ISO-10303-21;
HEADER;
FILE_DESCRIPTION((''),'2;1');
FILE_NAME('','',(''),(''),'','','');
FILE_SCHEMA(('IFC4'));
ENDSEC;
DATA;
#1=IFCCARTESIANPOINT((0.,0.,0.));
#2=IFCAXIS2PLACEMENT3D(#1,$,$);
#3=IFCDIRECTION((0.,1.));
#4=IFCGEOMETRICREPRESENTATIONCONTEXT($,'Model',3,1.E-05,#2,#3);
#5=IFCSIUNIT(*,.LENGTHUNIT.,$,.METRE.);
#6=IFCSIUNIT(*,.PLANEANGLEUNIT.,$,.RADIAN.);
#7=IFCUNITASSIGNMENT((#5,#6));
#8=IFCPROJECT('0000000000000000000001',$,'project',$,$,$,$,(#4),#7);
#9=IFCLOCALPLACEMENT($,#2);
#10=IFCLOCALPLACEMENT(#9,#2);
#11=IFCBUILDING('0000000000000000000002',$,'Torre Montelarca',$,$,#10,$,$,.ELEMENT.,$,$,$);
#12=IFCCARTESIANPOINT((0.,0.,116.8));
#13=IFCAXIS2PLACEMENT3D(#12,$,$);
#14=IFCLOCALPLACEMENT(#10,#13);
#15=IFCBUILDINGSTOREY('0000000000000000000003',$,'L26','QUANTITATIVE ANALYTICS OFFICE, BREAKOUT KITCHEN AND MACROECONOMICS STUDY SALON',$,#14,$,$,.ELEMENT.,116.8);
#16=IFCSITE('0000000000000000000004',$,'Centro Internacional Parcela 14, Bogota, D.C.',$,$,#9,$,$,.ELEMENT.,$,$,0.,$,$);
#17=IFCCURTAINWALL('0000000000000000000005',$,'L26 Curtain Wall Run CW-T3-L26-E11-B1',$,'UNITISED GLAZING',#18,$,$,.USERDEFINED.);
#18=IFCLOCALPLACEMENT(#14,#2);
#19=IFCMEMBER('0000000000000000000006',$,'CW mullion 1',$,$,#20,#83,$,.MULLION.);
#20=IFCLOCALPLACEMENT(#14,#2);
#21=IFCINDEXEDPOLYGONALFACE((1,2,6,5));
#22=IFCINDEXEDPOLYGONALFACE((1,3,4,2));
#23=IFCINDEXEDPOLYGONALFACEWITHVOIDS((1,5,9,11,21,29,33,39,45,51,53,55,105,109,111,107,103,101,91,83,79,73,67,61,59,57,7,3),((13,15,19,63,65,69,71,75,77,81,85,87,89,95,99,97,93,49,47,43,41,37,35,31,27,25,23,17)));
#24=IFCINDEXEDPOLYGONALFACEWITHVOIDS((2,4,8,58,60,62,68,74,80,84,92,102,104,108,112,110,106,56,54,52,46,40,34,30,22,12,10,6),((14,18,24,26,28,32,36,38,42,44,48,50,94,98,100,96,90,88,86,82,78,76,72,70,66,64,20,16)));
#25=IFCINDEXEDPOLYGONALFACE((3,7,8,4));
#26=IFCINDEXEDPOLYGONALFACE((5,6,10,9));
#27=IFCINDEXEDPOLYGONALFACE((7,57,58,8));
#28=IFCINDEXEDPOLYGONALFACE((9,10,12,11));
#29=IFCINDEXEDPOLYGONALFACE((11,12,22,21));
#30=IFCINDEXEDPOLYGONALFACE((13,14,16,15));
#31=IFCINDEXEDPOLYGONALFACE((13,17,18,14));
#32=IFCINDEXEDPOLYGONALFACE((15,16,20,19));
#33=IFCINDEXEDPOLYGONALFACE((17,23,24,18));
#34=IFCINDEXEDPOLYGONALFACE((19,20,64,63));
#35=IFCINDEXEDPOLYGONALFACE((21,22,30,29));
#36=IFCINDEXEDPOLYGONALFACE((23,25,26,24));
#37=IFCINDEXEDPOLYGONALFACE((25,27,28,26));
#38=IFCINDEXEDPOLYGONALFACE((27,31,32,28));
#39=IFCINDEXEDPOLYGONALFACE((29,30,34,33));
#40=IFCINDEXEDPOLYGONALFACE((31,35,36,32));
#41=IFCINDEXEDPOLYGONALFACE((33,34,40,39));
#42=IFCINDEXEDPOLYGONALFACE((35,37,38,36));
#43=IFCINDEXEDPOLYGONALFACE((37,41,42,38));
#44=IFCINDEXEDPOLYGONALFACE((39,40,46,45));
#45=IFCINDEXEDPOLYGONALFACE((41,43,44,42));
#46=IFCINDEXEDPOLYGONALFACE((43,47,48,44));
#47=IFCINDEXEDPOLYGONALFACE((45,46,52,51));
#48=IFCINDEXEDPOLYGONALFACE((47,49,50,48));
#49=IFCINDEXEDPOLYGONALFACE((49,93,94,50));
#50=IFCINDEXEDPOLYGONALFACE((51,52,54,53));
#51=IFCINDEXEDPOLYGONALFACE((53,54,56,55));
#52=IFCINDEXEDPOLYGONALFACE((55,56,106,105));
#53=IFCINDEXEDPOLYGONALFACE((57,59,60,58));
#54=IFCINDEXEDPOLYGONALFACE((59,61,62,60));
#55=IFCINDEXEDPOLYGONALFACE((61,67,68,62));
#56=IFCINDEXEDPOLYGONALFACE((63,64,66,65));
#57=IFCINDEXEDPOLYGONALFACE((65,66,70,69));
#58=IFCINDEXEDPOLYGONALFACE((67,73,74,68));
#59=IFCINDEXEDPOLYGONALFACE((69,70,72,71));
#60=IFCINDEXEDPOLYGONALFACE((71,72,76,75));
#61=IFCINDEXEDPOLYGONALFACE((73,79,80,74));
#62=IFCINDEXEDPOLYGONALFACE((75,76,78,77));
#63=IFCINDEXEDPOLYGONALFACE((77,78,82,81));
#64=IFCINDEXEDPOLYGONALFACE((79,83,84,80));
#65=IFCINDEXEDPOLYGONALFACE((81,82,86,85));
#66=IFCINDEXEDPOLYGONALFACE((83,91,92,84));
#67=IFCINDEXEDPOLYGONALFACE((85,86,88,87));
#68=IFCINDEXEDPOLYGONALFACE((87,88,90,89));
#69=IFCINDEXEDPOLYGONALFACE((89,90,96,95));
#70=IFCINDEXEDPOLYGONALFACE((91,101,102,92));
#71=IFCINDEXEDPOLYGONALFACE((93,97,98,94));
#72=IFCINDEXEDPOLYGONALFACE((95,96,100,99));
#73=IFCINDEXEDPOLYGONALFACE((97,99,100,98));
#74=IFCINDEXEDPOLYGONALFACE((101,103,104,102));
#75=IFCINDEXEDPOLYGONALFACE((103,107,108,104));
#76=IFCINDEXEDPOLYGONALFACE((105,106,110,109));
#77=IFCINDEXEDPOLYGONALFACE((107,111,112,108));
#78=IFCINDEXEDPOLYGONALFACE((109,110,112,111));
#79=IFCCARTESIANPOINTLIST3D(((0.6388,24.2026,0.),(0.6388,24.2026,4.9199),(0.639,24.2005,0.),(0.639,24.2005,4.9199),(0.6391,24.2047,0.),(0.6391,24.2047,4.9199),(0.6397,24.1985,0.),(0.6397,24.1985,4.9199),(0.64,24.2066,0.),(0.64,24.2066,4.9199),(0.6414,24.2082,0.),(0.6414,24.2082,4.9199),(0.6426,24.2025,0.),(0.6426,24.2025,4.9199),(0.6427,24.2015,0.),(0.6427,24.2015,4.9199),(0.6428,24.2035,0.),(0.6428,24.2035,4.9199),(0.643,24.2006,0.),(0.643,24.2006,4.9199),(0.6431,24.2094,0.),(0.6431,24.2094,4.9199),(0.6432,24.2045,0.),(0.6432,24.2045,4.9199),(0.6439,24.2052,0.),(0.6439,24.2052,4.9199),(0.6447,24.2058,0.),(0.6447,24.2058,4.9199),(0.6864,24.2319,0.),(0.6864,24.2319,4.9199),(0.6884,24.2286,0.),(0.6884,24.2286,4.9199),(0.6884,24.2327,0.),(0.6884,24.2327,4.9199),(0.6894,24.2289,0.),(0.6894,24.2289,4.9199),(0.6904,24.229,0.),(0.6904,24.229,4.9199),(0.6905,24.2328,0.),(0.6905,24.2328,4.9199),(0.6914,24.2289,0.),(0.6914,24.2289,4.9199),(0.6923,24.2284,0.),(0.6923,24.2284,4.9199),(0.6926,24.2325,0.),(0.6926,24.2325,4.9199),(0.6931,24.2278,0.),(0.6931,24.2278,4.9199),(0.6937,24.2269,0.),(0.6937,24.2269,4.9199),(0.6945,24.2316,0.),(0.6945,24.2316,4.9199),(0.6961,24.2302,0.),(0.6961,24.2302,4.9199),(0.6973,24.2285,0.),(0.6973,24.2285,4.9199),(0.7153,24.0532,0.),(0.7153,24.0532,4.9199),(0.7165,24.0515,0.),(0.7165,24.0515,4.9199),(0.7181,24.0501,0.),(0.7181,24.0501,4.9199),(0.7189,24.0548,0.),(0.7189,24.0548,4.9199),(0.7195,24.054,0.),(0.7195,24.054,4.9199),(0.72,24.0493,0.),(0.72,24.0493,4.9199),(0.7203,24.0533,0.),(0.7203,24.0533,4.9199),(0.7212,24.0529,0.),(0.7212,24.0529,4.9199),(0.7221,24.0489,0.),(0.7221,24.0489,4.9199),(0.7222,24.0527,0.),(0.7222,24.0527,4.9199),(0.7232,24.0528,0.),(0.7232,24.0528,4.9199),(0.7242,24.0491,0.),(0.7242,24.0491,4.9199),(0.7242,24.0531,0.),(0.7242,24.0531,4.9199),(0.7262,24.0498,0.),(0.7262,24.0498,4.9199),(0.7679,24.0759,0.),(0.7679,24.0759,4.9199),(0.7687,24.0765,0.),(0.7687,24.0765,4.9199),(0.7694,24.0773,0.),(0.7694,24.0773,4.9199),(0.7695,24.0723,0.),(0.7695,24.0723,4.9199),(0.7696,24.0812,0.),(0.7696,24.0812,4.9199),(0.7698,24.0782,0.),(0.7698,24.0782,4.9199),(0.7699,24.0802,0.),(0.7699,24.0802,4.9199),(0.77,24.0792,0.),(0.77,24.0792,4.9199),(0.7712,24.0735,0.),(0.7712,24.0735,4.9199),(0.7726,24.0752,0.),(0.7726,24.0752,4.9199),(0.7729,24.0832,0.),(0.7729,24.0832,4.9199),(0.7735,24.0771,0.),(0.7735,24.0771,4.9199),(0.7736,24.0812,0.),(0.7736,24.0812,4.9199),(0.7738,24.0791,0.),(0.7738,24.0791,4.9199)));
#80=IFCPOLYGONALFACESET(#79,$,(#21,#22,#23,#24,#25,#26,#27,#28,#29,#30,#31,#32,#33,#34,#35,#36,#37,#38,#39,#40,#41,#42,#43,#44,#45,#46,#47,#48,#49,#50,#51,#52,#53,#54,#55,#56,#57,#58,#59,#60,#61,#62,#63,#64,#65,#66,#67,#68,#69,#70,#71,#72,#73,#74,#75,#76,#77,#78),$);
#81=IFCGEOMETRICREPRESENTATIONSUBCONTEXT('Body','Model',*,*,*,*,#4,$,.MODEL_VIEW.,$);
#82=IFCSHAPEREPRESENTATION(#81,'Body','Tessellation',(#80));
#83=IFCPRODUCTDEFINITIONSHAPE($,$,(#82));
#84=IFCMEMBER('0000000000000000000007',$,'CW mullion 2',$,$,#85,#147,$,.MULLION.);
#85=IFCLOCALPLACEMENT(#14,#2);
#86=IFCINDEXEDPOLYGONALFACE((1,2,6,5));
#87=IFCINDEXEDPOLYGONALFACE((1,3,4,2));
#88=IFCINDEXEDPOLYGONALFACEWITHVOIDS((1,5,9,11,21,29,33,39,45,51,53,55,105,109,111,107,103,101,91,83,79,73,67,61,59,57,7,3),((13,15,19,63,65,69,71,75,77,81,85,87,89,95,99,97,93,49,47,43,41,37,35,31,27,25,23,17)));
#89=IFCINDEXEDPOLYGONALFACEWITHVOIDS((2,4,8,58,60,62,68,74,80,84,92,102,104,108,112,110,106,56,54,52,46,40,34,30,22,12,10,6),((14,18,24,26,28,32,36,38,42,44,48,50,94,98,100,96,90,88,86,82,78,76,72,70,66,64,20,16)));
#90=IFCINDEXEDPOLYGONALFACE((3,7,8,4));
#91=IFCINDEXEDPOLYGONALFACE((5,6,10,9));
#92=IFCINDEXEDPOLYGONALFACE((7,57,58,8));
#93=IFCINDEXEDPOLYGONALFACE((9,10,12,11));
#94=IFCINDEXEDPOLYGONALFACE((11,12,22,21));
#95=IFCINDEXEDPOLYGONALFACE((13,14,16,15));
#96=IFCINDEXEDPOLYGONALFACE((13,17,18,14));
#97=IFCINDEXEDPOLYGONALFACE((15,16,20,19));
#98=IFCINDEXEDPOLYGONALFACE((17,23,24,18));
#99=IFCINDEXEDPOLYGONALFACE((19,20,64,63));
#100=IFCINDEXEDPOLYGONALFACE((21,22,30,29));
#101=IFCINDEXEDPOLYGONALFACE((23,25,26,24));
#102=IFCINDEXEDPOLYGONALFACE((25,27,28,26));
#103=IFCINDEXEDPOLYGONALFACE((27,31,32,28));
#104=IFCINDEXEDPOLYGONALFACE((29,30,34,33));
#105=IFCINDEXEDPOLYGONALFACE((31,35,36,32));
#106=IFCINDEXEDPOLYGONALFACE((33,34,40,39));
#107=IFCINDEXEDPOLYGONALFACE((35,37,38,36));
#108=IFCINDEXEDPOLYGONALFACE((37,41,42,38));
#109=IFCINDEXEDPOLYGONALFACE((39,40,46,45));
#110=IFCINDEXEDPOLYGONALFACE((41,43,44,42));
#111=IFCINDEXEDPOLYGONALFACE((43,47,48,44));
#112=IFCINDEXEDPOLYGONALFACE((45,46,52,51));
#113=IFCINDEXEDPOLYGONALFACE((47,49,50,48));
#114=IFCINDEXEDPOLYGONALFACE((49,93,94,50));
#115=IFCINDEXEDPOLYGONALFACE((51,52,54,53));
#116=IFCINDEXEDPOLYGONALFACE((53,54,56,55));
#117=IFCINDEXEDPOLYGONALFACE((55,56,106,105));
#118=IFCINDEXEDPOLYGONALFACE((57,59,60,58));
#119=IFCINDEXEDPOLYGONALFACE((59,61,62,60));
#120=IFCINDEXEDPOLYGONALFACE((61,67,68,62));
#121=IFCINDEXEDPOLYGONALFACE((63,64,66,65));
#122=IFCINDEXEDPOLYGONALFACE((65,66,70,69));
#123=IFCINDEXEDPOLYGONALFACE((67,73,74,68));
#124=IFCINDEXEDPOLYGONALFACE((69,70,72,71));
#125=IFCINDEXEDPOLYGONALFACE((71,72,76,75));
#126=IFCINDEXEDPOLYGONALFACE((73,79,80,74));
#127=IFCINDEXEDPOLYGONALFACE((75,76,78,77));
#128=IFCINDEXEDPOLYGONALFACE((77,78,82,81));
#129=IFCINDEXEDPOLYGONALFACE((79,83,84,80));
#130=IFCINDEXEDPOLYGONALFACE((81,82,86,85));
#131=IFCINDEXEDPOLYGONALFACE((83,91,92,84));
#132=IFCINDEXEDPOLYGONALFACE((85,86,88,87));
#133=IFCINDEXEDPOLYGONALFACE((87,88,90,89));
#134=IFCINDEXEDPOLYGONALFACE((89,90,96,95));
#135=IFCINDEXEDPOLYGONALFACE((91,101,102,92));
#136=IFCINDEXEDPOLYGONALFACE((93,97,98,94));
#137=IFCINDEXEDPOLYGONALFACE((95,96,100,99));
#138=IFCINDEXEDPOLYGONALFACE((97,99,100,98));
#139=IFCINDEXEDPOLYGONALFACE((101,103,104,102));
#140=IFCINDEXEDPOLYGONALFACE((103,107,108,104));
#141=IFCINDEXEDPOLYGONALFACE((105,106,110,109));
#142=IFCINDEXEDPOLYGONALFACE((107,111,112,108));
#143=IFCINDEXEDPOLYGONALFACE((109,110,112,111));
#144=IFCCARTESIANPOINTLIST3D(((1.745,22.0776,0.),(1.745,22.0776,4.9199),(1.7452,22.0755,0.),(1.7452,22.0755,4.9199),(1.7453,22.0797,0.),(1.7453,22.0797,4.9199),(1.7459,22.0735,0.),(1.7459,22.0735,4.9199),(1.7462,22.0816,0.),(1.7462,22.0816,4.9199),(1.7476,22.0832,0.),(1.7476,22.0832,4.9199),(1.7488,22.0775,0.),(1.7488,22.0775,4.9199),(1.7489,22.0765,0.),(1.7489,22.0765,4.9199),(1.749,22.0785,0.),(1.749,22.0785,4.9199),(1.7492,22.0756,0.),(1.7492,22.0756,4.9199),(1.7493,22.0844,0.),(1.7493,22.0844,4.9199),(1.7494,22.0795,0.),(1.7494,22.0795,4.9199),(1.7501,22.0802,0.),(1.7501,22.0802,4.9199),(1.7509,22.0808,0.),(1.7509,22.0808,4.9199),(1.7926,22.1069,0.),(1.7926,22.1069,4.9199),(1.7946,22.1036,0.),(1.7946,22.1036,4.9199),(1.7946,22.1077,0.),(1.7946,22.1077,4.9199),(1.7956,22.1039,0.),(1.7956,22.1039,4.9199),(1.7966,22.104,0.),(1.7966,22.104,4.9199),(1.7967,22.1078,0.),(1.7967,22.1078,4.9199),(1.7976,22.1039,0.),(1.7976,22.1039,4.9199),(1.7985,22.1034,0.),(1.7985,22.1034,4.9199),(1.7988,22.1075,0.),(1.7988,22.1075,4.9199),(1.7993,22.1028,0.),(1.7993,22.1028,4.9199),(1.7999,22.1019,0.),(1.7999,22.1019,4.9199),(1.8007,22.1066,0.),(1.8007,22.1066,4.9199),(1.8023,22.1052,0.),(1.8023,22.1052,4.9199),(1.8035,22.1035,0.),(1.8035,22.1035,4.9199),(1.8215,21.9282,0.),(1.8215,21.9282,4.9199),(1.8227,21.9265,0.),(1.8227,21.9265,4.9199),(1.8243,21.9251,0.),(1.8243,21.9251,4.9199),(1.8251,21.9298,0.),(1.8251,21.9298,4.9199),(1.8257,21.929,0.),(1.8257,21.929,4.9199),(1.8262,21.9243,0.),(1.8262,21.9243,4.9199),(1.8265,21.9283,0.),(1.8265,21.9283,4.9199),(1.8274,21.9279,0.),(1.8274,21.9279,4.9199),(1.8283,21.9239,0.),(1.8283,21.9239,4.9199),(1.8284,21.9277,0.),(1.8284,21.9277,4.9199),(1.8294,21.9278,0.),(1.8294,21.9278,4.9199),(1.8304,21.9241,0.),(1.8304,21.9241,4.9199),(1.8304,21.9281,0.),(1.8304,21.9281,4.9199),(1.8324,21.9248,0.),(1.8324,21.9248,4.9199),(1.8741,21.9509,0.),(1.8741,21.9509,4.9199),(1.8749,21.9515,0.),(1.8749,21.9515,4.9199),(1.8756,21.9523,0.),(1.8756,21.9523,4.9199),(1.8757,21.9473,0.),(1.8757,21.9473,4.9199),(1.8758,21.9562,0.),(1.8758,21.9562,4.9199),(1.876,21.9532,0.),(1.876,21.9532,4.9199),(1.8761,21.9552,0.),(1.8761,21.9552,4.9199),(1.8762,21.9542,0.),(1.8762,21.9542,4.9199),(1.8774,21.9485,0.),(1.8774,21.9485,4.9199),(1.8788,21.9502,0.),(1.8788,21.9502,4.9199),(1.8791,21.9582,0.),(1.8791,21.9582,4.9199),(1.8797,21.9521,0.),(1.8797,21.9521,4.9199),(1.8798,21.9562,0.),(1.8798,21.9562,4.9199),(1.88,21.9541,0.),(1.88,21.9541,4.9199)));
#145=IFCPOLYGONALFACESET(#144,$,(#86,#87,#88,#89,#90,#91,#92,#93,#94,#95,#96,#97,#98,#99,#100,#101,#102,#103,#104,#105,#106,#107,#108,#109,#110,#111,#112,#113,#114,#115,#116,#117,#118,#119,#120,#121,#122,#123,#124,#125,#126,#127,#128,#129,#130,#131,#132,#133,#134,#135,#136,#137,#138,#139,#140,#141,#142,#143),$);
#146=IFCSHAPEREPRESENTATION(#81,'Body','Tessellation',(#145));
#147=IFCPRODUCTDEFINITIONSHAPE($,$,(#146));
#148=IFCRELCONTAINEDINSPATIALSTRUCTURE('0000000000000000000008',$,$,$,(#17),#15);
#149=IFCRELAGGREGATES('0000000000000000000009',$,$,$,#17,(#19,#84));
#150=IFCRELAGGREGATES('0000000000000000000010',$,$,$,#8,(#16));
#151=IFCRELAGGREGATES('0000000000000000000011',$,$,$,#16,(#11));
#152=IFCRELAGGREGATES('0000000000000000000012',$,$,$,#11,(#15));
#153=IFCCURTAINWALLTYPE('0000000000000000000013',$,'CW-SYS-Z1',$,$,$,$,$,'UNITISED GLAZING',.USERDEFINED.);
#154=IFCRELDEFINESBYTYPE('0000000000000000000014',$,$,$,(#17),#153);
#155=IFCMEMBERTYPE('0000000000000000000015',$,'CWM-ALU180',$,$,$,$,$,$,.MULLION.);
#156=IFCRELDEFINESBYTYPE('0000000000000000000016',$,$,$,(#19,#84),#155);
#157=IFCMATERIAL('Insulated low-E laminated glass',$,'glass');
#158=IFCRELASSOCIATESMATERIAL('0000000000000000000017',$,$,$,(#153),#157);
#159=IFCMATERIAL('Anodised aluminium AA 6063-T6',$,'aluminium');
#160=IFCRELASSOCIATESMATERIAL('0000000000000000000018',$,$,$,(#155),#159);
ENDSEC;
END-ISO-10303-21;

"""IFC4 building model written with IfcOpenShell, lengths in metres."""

from ifc_helpers import new_model, si_unit, direction, frame, origin, origin_2d, place, context, subcontext, project, spatial, hollow_rectangle, extrude, source, transform, mapped, material, material_profile, profile_set, type_object, element, aggregate, save


model = new_model("IFC4")

# Units and contexts
model_context = context("Model", 3, precision=1e-05, world=origin(), true_north=direction((0.0, 1.0)))
body_context = subcontext(model_context, "Body", "Model", "MODEL_VIEW")
ifc_project = project(units=[si_unit("LENGTHUNIT", "METRE"), si_unit("PLANEANGLEUNIT", "RADIAN")], contexts=[model_context])

# Site, building, storey
site_placement = place(None, origin())
site = spatial("IfcSite", under=ifc_project, at=site_placement, Name="Centro Internacional Parcela 14, Bogota, D.C.", CompositionType="ELEMENT", RefElevation=0.0)
building_placement = place(site_placement, origin())
building = spatial("IfcBuilding", under=site, at=building_placement, Name="Torre Montelarca", CompositionType="ELEMENT")
storey_placement = place(building_placement, frame((0.0, 0.0, 116.8)))
storey = spatial("IfcBuildingStorey", under=building, at=storey_placement, Name="L26", Description="QUANTITATIVE ANALYTICS OFFICE, BREAKOUT KITCHEN AND MACROECONOMICS STUDY SALON", CompositionType="ELEMENT", Elevation=116.8)

# Curtain wall
ifc_material_1 = material(Name="Insulated low-E laminated glass", Category="glass")
curtain_wall_type = type_object("IfcCurtainWallType", Name="CW-SYS-Z1", ElementType="UNITISED GLAZING", PredefinedType="USERDEFINED", material=ifc_material_1)
ifc_material_2 = material(Name="Anodised aluminium AA 6063-T6", Category="aluminium")
curtain_wall_1_placement = place(storey_placement, origin())
curtain_wall_1 = element("IfcCurtainWall", 1, at=curtain_wall_1_placement, inside=storey, type_object=curtain_wall_type, Name="L26 Curtain Wall Run CW-T3-L26-E11-B1", ObjectType="UNITISED GLAZING", PredefinedType="USERDEFINED")

# Members
ifc_material_profile_1 = material_profile(ifc_material_2, hollow_rectangle(XDim=0.0649, YDim=0.1799, WallThickness=0.0039, InnerFilletRadius=0.0039, OuterFilletRadius=0.0081, at=origin_2d()), Name="ALU65X180X4", Category="aluminium")
ifc_profile_set_1 = profile_set([ifc_material_profile_1], Name="Anodised aluminium AA 6063-T6")
member_type_1 = type_object("IfcMemberType", Name="CWM-ALU180", PredefinedType="MULLION", material=ifc_profile_set_1)
shared_shape_1 = source(origin(), body_context, "Body", "SweptSolid", [
    extrude(hollow_rectangle(XDim=0.0649, YDim=0.1799, WallThickness=0.0039, InnerFilletRadius=0.0039, OuterFilletRadius=0.0081, at=origin_2d()), origin(), (0.0, 0.0, 1.0), 4.9199),
])
member_1_placement = place(storey_placement, frame((0.7063, 24.1409, 0.0), z_axis=(0.0, 0.0, 1.0), x_axis=(0.88701, 0.46175, 0.0)))
member_1 = element("IfcMember", 2, at=member_1_placement, type_object=member_type_1, Name="CW mullion 1", PredefinedType="MULLION", context=body_context, shape_type="MappedRepresentation", body=[
    mapped(shared_shape_1, transform((0.0, 0.0, 0.0), scale=1.0)),
])
member_2_placement = place(storey_placement, frame((1.8125, 22.0159, 0.0), z_axis=(0.0, 0.0, 1.0), x_axis=(0.88701, 0.46175, 0.0)))
member_2 = element("IfcMember", 3, at=member_2_placement, type_object=member_type_1, Name="CW mullion 2", PredefinedType="MULLION", context=body_context, shape_type="MappedRepresentation", body=[
    mapped(shared_shape_1, transform((0.0, 0.0, 0.0), scale=1.0)),
])

aggregate(curtain_wall_1, [member_1, member_2])

save(model, "model.ifc")
